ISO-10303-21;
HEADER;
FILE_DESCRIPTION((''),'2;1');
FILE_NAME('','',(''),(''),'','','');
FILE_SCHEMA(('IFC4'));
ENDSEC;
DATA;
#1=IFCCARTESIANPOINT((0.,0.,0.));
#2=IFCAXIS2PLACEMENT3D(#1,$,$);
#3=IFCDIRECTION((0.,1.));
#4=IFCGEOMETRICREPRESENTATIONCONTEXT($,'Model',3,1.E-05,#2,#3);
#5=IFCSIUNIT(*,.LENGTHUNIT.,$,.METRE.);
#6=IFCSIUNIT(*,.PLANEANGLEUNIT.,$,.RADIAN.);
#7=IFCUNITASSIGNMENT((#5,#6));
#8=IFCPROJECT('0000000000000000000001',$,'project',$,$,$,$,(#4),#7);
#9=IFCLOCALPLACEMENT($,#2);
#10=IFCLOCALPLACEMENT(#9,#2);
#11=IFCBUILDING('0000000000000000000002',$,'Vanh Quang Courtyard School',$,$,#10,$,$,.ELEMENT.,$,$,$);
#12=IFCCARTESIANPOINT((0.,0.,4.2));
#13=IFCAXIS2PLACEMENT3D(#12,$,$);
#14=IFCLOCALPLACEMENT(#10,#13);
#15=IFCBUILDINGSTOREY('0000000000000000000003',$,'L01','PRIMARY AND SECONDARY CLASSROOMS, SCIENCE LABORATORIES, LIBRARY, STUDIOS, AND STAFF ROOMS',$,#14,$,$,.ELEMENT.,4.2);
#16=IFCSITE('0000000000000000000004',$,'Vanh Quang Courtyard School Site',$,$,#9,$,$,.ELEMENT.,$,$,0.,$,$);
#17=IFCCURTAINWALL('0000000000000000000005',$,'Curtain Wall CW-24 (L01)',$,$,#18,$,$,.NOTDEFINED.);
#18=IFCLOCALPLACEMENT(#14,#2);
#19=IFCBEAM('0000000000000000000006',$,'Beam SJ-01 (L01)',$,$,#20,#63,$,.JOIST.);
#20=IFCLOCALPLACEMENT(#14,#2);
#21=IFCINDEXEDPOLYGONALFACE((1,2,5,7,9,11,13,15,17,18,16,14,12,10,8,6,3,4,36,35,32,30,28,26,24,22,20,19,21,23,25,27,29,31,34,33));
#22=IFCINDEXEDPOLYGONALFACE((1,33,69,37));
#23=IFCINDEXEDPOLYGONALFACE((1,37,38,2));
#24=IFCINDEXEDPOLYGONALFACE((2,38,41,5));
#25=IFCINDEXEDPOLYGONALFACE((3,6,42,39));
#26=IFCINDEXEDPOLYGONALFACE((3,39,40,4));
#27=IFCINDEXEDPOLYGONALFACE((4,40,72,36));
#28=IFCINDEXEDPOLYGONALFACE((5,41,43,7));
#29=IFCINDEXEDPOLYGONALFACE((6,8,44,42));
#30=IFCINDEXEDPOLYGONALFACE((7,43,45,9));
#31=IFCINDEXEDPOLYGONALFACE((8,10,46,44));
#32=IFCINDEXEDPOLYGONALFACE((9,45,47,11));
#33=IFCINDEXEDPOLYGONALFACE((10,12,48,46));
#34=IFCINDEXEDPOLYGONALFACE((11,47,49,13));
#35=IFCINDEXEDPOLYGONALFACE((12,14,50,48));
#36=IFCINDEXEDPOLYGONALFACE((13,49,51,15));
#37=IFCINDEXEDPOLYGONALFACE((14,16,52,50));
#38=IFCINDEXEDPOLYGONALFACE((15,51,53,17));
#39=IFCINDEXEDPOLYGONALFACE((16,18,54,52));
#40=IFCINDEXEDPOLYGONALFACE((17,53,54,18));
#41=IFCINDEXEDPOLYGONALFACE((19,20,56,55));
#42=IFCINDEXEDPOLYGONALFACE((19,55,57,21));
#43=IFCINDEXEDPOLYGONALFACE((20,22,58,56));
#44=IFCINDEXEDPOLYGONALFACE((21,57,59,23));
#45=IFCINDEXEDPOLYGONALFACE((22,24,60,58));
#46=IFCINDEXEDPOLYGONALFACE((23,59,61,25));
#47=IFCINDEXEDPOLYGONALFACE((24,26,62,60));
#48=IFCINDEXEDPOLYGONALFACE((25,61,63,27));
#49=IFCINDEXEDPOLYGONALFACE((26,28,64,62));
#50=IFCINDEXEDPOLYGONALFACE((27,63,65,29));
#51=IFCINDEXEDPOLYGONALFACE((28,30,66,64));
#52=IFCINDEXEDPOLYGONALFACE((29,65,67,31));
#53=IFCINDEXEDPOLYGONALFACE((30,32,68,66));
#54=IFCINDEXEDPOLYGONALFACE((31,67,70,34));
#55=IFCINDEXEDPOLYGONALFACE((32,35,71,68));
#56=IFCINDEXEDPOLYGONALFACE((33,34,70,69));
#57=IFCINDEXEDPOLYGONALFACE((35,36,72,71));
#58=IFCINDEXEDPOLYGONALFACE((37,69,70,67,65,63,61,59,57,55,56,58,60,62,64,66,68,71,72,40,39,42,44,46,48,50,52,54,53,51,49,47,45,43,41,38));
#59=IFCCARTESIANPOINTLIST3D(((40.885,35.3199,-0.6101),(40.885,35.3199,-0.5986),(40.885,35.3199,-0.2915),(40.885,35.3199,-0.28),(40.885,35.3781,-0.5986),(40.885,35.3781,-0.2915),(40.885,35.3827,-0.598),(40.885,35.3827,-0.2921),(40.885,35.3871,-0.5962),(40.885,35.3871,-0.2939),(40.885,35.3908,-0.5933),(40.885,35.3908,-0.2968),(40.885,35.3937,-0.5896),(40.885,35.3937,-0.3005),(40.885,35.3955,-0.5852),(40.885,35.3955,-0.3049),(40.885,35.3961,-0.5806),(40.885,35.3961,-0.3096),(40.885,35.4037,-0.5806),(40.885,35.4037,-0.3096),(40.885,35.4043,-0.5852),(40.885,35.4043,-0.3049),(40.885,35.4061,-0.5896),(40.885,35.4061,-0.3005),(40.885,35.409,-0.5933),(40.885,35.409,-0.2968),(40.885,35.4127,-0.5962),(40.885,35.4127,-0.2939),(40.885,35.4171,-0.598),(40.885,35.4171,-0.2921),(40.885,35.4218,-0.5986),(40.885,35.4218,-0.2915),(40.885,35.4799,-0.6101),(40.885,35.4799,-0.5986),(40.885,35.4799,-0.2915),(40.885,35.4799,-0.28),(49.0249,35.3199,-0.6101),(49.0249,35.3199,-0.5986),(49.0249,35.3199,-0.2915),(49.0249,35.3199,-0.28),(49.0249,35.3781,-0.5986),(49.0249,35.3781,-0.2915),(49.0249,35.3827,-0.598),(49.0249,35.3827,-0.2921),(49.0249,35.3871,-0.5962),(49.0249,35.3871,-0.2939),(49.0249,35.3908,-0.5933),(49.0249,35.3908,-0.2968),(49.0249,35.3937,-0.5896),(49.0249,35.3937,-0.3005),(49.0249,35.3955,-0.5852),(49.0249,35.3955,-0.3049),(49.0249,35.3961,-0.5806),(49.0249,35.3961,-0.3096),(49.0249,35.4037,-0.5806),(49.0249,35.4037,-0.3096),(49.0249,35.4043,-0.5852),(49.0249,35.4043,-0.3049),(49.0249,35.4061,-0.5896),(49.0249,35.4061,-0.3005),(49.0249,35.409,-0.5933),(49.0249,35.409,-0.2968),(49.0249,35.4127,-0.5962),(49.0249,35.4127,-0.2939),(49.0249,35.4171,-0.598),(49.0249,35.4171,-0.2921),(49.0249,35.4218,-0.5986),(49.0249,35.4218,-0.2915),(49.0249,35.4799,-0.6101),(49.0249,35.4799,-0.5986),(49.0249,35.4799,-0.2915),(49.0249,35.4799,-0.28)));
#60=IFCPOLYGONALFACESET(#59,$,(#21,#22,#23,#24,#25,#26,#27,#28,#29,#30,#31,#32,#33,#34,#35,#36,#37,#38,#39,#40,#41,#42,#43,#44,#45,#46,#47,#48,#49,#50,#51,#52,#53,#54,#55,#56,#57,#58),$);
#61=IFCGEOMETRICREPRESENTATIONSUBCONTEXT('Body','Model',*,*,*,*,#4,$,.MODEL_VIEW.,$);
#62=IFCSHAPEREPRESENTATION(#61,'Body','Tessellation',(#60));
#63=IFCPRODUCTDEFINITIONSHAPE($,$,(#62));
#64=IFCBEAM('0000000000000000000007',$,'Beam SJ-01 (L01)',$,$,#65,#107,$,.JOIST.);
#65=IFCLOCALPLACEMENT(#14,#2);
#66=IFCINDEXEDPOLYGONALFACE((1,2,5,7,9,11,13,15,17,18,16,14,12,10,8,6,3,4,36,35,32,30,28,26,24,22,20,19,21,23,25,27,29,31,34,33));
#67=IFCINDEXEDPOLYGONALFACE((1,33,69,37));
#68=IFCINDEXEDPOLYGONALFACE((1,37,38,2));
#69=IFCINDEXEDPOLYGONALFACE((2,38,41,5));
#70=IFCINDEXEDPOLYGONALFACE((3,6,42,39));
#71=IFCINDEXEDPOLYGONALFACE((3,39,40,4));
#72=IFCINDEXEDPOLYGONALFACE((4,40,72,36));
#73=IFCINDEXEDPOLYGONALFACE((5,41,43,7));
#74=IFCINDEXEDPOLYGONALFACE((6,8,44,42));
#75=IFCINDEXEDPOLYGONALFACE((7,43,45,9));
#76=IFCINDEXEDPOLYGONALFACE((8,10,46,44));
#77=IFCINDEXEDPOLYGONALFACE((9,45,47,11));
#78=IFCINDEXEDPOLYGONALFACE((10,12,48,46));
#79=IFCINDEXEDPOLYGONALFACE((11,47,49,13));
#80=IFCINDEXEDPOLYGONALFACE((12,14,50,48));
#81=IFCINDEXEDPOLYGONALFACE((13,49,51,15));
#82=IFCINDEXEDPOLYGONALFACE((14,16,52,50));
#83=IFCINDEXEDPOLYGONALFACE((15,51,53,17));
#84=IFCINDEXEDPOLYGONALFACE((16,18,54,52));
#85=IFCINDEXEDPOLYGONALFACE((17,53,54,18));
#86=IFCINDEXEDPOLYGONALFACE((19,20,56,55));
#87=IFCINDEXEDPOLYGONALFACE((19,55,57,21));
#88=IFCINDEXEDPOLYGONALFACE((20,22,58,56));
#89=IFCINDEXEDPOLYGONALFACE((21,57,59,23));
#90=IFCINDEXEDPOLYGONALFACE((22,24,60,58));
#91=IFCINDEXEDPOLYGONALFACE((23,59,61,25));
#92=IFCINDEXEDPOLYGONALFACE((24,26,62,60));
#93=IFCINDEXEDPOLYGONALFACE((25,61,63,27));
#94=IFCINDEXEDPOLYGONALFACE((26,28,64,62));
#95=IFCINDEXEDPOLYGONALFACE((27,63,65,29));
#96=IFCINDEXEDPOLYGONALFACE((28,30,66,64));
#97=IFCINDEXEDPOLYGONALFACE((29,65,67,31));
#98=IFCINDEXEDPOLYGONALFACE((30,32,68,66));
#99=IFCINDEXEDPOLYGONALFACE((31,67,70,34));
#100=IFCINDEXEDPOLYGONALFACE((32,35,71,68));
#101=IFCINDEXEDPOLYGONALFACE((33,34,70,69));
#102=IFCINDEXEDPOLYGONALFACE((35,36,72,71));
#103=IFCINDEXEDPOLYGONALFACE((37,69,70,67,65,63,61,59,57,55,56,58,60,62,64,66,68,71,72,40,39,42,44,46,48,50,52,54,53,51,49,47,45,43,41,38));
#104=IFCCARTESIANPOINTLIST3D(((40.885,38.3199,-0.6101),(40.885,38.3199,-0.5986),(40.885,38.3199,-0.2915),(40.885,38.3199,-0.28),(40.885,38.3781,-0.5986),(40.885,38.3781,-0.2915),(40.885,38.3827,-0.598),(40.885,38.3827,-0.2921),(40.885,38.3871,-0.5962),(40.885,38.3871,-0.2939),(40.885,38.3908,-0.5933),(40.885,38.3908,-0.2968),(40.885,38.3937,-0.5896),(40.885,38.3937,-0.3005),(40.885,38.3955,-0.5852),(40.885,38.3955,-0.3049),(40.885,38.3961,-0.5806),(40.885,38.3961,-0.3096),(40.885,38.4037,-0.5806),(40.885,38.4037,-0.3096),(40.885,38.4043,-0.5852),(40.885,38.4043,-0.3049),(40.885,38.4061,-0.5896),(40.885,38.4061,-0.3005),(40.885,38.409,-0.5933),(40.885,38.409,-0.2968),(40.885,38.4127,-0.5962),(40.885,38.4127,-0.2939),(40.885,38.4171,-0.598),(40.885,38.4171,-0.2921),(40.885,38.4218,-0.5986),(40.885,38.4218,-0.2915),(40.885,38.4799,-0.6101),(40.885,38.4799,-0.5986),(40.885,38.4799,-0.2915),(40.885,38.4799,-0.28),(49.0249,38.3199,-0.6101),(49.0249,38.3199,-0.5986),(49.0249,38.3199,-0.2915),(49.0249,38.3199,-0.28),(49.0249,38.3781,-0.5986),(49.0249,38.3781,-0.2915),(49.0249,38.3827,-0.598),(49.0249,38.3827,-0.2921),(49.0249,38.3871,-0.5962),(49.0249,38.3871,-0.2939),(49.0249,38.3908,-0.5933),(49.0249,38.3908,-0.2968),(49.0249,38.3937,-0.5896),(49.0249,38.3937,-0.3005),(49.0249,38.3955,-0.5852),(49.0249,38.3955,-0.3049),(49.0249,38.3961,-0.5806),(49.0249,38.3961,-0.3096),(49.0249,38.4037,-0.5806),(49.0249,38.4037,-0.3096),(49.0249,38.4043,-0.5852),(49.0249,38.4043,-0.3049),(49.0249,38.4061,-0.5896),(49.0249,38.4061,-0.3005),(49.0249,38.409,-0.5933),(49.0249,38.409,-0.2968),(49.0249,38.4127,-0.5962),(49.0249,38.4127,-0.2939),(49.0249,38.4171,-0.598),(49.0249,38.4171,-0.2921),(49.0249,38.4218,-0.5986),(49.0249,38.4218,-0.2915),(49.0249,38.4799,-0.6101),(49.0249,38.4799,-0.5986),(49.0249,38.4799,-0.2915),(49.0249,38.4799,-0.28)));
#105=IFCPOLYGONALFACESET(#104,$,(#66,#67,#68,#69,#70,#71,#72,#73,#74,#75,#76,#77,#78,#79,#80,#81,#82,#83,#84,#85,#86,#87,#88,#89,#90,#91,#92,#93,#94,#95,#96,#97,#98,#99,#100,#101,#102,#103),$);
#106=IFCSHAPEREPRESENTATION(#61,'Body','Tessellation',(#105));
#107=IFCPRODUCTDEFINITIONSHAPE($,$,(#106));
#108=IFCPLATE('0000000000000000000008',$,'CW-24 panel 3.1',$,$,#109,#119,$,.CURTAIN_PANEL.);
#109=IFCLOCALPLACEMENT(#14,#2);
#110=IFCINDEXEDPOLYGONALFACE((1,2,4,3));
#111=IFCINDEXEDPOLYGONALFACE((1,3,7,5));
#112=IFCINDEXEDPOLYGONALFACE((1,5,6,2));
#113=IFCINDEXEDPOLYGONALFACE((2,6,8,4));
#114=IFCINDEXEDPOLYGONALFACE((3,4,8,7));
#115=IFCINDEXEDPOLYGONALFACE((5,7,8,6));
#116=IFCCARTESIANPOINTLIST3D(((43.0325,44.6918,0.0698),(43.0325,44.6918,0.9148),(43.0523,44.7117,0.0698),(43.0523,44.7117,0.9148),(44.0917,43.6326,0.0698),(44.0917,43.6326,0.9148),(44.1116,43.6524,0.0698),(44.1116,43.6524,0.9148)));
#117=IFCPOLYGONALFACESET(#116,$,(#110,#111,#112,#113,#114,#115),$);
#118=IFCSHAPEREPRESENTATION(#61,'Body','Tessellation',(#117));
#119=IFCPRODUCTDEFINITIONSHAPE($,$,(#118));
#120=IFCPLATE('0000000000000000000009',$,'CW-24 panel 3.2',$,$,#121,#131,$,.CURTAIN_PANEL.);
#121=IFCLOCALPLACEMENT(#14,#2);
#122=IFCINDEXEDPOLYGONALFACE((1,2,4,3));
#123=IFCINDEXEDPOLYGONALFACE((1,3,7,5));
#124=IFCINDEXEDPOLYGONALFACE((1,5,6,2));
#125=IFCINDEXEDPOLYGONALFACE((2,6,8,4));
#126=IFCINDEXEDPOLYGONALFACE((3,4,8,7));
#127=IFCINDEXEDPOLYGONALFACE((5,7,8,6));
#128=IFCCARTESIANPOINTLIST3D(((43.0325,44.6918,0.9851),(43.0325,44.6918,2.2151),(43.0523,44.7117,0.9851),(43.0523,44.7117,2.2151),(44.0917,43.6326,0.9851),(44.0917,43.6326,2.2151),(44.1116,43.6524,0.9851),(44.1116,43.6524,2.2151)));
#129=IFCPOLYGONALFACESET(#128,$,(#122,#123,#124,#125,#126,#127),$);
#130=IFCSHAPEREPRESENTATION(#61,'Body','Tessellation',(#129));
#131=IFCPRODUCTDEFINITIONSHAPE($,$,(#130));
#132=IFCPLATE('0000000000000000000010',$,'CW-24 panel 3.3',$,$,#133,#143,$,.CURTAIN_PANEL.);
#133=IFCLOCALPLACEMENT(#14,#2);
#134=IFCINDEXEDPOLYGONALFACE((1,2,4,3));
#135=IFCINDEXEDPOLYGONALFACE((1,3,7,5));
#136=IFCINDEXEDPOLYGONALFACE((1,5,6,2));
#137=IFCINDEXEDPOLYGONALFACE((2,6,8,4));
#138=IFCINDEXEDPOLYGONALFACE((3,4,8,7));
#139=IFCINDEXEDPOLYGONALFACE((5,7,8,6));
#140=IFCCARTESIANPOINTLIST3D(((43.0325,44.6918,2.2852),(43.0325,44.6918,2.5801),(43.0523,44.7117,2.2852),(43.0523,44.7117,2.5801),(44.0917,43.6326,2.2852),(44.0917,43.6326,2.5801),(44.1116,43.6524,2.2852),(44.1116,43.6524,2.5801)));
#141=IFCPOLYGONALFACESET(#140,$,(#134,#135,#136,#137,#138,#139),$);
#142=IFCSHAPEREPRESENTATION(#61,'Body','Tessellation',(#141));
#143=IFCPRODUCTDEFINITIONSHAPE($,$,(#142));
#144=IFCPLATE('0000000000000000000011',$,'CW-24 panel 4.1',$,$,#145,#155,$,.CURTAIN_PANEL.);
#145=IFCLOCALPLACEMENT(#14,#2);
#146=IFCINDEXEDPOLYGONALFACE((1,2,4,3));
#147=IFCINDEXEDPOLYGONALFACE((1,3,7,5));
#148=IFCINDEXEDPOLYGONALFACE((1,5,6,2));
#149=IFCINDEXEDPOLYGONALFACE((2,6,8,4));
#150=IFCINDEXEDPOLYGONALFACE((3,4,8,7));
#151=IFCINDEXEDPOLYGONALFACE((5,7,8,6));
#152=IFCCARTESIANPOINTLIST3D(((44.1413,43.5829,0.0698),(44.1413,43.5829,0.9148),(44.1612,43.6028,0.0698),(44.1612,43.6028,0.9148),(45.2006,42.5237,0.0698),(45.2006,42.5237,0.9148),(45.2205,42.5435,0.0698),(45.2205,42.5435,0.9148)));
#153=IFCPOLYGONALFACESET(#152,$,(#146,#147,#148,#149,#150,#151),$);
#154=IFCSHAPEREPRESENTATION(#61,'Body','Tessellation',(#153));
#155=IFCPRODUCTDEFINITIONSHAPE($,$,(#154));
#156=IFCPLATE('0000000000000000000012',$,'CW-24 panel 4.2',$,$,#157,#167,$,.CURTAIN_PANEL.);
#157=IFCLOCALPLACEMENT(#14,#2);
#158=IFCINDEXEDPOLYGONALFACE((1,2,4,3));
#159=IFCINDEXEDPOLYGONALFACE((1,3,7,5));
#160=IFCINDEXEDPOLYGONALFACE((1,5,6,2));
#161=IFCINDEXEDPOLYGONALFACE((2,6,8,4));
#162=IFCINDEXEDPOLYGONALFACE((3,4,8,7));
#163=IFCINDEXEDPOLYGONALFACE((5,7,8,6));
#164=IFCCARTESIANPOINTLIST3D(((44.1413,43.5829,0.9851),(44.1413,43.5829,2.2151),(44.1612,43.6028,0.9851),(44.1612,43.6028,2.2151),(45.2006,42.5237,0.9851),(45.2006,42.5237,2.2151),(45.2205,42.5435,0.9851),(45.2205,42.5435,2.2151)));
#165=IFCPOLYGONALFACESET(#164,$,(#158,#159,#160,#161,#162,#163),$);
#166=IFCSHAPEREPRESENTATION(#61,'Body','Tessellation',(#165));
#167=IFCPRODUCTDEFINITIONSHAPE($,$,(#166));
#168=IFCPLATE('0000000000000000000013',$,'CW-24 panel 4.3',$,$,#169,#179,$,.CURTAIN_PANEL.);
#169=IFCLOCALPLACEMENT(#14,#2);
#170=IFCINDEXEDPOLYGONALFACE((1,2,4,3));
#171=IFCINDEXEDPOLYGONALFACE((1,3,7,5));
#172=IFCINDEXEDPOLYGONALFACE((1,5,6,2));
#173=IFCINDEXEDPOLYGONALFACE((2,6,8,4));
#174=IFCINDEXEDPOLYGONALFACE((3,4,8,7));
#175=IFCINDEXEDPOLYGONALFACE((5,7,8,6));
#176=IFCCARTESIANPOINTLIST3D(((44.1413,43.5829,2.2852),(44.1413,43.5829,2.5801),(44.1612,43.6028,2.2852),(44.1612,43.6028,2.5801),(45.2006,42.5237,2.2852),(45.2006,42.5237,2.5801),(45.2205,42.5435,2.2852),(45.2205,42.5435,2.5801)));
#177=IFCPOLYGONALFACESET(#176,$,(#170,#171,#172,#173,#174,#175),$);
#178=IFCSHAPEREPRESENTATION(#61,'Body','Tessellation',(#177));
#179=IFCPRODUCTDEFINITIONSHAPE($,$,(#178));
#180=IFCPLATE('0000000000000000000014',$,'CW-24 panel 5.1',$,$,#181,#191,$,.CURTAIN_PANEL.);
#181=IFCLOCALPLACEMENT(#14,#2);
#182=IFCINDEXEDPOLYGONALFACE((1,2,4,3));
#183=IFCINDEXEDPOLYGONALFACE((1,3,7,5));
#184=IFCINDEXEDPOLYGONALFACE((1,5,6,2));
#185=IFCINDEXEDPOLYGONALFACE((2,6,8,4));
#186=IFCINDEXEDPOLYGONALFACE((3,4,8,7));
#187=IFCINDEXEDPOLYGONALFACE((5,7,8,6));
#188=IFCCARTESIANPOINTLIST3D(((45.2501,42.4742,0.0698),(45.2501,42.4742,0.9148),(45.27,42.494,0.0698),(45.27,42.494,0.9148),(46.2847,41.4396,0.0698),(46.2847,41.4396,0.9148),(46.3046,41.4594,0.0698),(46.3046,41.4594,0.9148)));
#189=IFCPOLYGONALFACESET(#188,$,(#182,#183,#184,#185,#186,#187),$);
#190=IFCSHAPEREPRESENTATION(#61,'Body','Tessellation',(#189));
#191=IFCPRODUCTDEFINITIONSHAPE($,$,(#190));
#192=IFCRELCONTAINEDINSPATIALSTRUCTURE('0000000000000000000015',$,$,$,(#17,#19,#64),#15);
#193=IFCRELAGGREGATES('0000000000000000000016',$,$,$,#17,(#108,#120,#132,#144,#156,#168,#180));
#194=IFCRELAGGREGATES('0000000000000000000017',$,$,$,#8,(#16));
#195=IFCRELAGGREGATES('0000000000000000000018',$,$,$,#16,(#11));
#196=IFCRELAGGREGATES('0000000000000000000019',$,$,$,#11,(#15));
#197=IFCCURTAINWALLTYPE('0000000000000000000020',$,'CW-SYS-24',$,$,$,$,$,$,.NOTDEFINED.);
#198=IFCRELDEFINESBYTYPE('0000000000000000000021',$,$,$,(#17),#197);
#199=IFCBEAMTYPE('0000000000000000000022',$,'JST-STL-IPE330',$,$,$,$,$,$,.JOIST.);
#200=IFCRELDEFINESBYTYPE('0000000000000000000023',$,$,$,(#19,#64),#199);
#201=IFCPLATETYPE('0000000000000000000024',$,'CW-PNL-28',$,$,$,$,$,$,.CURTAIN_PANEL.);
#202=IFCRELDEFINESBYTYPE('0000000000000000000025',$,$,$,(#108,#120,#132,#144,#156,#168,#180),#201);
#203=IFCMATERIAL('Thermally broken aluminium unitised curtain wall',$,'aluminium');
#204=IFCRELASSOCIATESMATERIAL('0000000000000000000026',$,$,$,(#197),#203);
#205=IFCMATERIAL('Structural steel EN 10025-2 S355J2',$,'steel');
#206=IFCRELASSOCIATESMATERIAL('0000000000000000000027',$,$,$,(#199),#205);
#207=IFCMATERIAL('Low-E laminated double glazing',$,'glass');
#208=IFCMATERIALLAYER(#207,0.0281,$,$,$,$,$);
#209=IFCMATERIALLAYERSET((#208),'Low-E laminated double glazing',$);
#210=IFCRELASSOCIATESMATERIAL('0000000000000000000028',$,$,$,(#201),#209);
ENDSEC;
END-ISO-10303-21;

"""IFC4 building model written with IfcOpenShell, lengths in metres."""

from ifc_helpers import new_model, si_unit, direction, frame, origin, origin_2d, place, context, subcontext, project, spatial, rectangle, i_section, extrude, material, layer, layer_set, material_profile, profile_set, type_object, element, aggregate, save


model = new_model("IFC4")

# Units and contexts
model_context = context("Model", 3, precision=1e-05, world=origin(), true_north=direction((0.0, 1.0)))
body_context = subcontext(model_context, "Body", "Model", "MODEL_VIEW")
ifc_project = project(units=[si_unit("LENGTHUNIT", "METRE"), si_unit("PLANEANGLEUNIT", "RADIAN")], contexts=[model_context])

# Site, building, storey
site_placement = place(None, origin())
site = spatial("IfcSite", under=ifc_project, at=site_placement, Name="Vanh Quang Courtyard School Site", CompositionType="ELEMENT", RefElevation=0.0)
building_placement = place(site_placement, origin())
building = spatial("IfcBuilding", under=site, at=building_placement, Name="Vanh Quang Courtyard School", CompositionType="ELEMENT")
storey_placement = place(building_placement, frame((0.0, 0.0, 4.2)))
storey = spatial("IfcBuildingStorey", under=building, at=storey_placement, Name="L01", Description="PRIMARY AND SECONDARY CLASSROOMS, SCIENCE LABORATORIES, LIBRARY, STUDIOS, AND STAFF ROOMS", CompositionType="ELEMENT", Elevation=4.2)

# Shared definitions
ifc_material_1 = material(Name="Structural steel EN 10025-2 S355J2", Category="steel")

# Curtain wall
ifc_material_2 = material(Name="Thermally broken aluminium unitised curtain wall", Category="aluminium")
curtain_wall_type = type_object("IfcCurtainWallType", Name="CW-SYS-24", PredefinedType="NOTDEFINED", material=ifc_material_2)
curtain_wall_placement = place(storey_placement, origin())
curtain_wall = element("IfcCurtainWall", 1, at=curtain_wall_placement, inside=storey, type_object=curtain_wall_type, Name="Curtain Wall CW-24 (L01)", PredefinedType="NOTDEFINED")

# Beams
ifc_material_profile_1 = material_profile(ifc_material_1, i_section(OverallWidth=0.1599, OverallDepth=0.3301, WebThickness=0.0076, FlangeThickness=0.0115, FilletRadius=0.0181, at=origin_2d()), Name="IPE 330")
ifc_profile_set_1 = profile_set([ifc_material_profile_1], Name="Structural steel EN 10025-2 S355J2")
beam_type_1 = type_object("IfcBeamType", Name="JST-STL-IPE330", PredefinedType="JOIST", material=ifc_profile_set_1)
for number, where, z_axis, x_axis, name in (
    (2, (40.885, 35.3999, -0.4451), (1.0, 0.0, 0.0), (0.0, 1.0, 0.0), "Beam SJ-01 (L01)"),
    (3, (40.885, 38.3999, -0.4451), (1.0, 0.0, 0.0), (0.0, 1.0, 0.0), "Beam SJ-01 (L01)"),
):
    element("IfcBeam", number, at=place(storey_placement, frame(where, z_axis=z_axis, x_axis=x_axis)), inside=storey, type_object=beam_type_1, Name=name, PredefinedType="JOIST", context=body_context, shape_type="SweptSolid", body=[
        extrude(i_section(OverallWidth=0.1599, OverallDepth=0.3301, WebThickness=0.0076, FlangeThickness=0.0115, FilletRadius=0.0181, at=origin_2d()), origin(), (0.0, 0.0, 1.0), 8.1399),
    ])

# Plates
ifc_material_3 = material(Name="Low-E laminated double glazing", Category="glass")
ifc_layer_1 = layer(ifc_material_3, 0.0281)
ifc_layer_set_1 = layer_set([ifc_layer_1], Name="Low-E laminated double glazing")
plate_type = type_object("IfcPlateType", Name="CW-PNL-28", PredefinedType="CURTAIN_PANEL", material=ifc_layer_set_1)
plate_1_placement = place(storey_placement, frame((43.572, 44.1721, 0.0698), z_axis=(0.0, 0.0, 1.0), x_axis=(0.707107, -0.707107, 0.0)))
plate_1 = element("IfcPlate", 4, at=plate_1_placement, type_object=plate_type, Name="CW-24 panel 3.1", PredefinedType="CURTAIN_PANEL", context=body_context, shape_type="SweptSolid", body=[
    extrude(rectangle(XDim=1.498, YDim=0.0281, at=origin_2d()), origin(), (0.0, 0.0, 1.0), 0.845),
])
plate_2_placement = place(storey_placement, frame((43.572, 44.1721, 0.9851), z_axis=(0.0, 0.0, 1.0), x_axis=(0.707107, -0.707107, 0.0)))
plate_2 = element("IfcPlate", 5, at=plate_2_placement, type_object=plate_type, Name="CW-24 panel 3.2", PredefinedType="CURTAIN_PANEL", context=body_context, shape_type="SweptSolid", body=[
    extrude(rectangle(XDim=1.498, YDim=0.0281, at=origin_2d()), origin(), (0.0, 0.0, 1.0), 1.23),
])
plate_3_placement = place(storey_placement, frame((43.572, 44.1721, 2.2852), z_axis=(0.0, 0.0, 1.0), x_axis=(0.707107, -0.707107, 0.0)))
plate_3 = element("IfcPlate", 6, at=plate_3_placement, type_object=plate_type, Name="CW-24 panel 3.3", PredefinedType="CURTAIN_PANEL", context=body_context, shape_type="SweptSolid", body=[
    extrude(rectangle(XDim=1.498, YDim=0.0281, at=origin_2d()), origin(), (0.0, 0.0, 1.0), 0.2949),
])
plate_4_placement = place(storey_placement, frame((44.6809, 43.0632, 0.0698), z_axis=(0.0, 0.0, 1.0), x_axis=(0.707107, -0.707107, 0.0)))
plate_4 = element("IfcPlate", 7, at=plate_4_placement, type_object=plate_type, Name="CW-24 panel 4.1", PredefinedType="CURTAIN_PANEL", context=body_context, shape_type="SweptSolid", body=[
    extrude(rectangle(XDim=1.498, YDim=0.0281, at=origin_2d()), origin(), (0.0, 0.0, 1.0), 0.845),
])
plate_5_placement = place(storey_placement, frame((44.6809, 43.0632, 0.9851), z_axis=(0.0, 0.0, 1.0), x_axis=(0.707107, -0.707107, 0.0)))
plate_5 = element("IfcPlate", 8, at=plate_5_placement, type_object=plate_type, Name="CW-24 panel 4.2", PredefinedType="CURTAIN_PANEL", context=body_context, shape_type="SweptSolid", body=[
    extrude(rectangle(XDim=1.498, YDim=0.0281, at=origin_2d()), origin(), (0.0, 0.0, 1.0), 1.23),
])
plate_6_placement = place(storey_placement, frame((44.6809, 43.0632, 2.2852), z_axis=(0.0, 0.0, 1.0), x_axis=(0.707107, -0.707107, 0.0)))
plate_6 = element("IfcPlate", 9, at=plate_6_placement, type_object=plate_type, Name="CW-24 panel 4.3", PredefinedType="CURTAIN_PANEL", context=body_context, shape_type="SweptSolid", body=[
    extrude(rectangle(XDim=1.498, YDim=0.0281, at=origin_2d()), origin(), (0.0, 0.0, 1.0), 0.2949),
])
plate_7_placement = place(storey_placement, frame((45.7773, 41.9668, 0.0698), z_axis=(0.0, 0.0, 1.0), x_axis=(0.707107, -0.707107, 0.0)))
plate_7 = element("IfcPlate", 10, at=plate_7_placement, type_object=plate_type, Name="CW-24 panel 5.1", PredefinedType="CURTAIN_PANEL", context=body_context, shape_type="SweptSolid", body=[
    extrude(rectangle(XDim=1.4631, YDim=0.0281, at=origin_2d()), origin(), (0.0, 0.0, 1.0), 0.845),
])
aggregate(curtain_wall, [plate_1, plate_2, plate_3, plate_4, plate_5, plate_6, plate_7])

save(model, "model.ifc")
